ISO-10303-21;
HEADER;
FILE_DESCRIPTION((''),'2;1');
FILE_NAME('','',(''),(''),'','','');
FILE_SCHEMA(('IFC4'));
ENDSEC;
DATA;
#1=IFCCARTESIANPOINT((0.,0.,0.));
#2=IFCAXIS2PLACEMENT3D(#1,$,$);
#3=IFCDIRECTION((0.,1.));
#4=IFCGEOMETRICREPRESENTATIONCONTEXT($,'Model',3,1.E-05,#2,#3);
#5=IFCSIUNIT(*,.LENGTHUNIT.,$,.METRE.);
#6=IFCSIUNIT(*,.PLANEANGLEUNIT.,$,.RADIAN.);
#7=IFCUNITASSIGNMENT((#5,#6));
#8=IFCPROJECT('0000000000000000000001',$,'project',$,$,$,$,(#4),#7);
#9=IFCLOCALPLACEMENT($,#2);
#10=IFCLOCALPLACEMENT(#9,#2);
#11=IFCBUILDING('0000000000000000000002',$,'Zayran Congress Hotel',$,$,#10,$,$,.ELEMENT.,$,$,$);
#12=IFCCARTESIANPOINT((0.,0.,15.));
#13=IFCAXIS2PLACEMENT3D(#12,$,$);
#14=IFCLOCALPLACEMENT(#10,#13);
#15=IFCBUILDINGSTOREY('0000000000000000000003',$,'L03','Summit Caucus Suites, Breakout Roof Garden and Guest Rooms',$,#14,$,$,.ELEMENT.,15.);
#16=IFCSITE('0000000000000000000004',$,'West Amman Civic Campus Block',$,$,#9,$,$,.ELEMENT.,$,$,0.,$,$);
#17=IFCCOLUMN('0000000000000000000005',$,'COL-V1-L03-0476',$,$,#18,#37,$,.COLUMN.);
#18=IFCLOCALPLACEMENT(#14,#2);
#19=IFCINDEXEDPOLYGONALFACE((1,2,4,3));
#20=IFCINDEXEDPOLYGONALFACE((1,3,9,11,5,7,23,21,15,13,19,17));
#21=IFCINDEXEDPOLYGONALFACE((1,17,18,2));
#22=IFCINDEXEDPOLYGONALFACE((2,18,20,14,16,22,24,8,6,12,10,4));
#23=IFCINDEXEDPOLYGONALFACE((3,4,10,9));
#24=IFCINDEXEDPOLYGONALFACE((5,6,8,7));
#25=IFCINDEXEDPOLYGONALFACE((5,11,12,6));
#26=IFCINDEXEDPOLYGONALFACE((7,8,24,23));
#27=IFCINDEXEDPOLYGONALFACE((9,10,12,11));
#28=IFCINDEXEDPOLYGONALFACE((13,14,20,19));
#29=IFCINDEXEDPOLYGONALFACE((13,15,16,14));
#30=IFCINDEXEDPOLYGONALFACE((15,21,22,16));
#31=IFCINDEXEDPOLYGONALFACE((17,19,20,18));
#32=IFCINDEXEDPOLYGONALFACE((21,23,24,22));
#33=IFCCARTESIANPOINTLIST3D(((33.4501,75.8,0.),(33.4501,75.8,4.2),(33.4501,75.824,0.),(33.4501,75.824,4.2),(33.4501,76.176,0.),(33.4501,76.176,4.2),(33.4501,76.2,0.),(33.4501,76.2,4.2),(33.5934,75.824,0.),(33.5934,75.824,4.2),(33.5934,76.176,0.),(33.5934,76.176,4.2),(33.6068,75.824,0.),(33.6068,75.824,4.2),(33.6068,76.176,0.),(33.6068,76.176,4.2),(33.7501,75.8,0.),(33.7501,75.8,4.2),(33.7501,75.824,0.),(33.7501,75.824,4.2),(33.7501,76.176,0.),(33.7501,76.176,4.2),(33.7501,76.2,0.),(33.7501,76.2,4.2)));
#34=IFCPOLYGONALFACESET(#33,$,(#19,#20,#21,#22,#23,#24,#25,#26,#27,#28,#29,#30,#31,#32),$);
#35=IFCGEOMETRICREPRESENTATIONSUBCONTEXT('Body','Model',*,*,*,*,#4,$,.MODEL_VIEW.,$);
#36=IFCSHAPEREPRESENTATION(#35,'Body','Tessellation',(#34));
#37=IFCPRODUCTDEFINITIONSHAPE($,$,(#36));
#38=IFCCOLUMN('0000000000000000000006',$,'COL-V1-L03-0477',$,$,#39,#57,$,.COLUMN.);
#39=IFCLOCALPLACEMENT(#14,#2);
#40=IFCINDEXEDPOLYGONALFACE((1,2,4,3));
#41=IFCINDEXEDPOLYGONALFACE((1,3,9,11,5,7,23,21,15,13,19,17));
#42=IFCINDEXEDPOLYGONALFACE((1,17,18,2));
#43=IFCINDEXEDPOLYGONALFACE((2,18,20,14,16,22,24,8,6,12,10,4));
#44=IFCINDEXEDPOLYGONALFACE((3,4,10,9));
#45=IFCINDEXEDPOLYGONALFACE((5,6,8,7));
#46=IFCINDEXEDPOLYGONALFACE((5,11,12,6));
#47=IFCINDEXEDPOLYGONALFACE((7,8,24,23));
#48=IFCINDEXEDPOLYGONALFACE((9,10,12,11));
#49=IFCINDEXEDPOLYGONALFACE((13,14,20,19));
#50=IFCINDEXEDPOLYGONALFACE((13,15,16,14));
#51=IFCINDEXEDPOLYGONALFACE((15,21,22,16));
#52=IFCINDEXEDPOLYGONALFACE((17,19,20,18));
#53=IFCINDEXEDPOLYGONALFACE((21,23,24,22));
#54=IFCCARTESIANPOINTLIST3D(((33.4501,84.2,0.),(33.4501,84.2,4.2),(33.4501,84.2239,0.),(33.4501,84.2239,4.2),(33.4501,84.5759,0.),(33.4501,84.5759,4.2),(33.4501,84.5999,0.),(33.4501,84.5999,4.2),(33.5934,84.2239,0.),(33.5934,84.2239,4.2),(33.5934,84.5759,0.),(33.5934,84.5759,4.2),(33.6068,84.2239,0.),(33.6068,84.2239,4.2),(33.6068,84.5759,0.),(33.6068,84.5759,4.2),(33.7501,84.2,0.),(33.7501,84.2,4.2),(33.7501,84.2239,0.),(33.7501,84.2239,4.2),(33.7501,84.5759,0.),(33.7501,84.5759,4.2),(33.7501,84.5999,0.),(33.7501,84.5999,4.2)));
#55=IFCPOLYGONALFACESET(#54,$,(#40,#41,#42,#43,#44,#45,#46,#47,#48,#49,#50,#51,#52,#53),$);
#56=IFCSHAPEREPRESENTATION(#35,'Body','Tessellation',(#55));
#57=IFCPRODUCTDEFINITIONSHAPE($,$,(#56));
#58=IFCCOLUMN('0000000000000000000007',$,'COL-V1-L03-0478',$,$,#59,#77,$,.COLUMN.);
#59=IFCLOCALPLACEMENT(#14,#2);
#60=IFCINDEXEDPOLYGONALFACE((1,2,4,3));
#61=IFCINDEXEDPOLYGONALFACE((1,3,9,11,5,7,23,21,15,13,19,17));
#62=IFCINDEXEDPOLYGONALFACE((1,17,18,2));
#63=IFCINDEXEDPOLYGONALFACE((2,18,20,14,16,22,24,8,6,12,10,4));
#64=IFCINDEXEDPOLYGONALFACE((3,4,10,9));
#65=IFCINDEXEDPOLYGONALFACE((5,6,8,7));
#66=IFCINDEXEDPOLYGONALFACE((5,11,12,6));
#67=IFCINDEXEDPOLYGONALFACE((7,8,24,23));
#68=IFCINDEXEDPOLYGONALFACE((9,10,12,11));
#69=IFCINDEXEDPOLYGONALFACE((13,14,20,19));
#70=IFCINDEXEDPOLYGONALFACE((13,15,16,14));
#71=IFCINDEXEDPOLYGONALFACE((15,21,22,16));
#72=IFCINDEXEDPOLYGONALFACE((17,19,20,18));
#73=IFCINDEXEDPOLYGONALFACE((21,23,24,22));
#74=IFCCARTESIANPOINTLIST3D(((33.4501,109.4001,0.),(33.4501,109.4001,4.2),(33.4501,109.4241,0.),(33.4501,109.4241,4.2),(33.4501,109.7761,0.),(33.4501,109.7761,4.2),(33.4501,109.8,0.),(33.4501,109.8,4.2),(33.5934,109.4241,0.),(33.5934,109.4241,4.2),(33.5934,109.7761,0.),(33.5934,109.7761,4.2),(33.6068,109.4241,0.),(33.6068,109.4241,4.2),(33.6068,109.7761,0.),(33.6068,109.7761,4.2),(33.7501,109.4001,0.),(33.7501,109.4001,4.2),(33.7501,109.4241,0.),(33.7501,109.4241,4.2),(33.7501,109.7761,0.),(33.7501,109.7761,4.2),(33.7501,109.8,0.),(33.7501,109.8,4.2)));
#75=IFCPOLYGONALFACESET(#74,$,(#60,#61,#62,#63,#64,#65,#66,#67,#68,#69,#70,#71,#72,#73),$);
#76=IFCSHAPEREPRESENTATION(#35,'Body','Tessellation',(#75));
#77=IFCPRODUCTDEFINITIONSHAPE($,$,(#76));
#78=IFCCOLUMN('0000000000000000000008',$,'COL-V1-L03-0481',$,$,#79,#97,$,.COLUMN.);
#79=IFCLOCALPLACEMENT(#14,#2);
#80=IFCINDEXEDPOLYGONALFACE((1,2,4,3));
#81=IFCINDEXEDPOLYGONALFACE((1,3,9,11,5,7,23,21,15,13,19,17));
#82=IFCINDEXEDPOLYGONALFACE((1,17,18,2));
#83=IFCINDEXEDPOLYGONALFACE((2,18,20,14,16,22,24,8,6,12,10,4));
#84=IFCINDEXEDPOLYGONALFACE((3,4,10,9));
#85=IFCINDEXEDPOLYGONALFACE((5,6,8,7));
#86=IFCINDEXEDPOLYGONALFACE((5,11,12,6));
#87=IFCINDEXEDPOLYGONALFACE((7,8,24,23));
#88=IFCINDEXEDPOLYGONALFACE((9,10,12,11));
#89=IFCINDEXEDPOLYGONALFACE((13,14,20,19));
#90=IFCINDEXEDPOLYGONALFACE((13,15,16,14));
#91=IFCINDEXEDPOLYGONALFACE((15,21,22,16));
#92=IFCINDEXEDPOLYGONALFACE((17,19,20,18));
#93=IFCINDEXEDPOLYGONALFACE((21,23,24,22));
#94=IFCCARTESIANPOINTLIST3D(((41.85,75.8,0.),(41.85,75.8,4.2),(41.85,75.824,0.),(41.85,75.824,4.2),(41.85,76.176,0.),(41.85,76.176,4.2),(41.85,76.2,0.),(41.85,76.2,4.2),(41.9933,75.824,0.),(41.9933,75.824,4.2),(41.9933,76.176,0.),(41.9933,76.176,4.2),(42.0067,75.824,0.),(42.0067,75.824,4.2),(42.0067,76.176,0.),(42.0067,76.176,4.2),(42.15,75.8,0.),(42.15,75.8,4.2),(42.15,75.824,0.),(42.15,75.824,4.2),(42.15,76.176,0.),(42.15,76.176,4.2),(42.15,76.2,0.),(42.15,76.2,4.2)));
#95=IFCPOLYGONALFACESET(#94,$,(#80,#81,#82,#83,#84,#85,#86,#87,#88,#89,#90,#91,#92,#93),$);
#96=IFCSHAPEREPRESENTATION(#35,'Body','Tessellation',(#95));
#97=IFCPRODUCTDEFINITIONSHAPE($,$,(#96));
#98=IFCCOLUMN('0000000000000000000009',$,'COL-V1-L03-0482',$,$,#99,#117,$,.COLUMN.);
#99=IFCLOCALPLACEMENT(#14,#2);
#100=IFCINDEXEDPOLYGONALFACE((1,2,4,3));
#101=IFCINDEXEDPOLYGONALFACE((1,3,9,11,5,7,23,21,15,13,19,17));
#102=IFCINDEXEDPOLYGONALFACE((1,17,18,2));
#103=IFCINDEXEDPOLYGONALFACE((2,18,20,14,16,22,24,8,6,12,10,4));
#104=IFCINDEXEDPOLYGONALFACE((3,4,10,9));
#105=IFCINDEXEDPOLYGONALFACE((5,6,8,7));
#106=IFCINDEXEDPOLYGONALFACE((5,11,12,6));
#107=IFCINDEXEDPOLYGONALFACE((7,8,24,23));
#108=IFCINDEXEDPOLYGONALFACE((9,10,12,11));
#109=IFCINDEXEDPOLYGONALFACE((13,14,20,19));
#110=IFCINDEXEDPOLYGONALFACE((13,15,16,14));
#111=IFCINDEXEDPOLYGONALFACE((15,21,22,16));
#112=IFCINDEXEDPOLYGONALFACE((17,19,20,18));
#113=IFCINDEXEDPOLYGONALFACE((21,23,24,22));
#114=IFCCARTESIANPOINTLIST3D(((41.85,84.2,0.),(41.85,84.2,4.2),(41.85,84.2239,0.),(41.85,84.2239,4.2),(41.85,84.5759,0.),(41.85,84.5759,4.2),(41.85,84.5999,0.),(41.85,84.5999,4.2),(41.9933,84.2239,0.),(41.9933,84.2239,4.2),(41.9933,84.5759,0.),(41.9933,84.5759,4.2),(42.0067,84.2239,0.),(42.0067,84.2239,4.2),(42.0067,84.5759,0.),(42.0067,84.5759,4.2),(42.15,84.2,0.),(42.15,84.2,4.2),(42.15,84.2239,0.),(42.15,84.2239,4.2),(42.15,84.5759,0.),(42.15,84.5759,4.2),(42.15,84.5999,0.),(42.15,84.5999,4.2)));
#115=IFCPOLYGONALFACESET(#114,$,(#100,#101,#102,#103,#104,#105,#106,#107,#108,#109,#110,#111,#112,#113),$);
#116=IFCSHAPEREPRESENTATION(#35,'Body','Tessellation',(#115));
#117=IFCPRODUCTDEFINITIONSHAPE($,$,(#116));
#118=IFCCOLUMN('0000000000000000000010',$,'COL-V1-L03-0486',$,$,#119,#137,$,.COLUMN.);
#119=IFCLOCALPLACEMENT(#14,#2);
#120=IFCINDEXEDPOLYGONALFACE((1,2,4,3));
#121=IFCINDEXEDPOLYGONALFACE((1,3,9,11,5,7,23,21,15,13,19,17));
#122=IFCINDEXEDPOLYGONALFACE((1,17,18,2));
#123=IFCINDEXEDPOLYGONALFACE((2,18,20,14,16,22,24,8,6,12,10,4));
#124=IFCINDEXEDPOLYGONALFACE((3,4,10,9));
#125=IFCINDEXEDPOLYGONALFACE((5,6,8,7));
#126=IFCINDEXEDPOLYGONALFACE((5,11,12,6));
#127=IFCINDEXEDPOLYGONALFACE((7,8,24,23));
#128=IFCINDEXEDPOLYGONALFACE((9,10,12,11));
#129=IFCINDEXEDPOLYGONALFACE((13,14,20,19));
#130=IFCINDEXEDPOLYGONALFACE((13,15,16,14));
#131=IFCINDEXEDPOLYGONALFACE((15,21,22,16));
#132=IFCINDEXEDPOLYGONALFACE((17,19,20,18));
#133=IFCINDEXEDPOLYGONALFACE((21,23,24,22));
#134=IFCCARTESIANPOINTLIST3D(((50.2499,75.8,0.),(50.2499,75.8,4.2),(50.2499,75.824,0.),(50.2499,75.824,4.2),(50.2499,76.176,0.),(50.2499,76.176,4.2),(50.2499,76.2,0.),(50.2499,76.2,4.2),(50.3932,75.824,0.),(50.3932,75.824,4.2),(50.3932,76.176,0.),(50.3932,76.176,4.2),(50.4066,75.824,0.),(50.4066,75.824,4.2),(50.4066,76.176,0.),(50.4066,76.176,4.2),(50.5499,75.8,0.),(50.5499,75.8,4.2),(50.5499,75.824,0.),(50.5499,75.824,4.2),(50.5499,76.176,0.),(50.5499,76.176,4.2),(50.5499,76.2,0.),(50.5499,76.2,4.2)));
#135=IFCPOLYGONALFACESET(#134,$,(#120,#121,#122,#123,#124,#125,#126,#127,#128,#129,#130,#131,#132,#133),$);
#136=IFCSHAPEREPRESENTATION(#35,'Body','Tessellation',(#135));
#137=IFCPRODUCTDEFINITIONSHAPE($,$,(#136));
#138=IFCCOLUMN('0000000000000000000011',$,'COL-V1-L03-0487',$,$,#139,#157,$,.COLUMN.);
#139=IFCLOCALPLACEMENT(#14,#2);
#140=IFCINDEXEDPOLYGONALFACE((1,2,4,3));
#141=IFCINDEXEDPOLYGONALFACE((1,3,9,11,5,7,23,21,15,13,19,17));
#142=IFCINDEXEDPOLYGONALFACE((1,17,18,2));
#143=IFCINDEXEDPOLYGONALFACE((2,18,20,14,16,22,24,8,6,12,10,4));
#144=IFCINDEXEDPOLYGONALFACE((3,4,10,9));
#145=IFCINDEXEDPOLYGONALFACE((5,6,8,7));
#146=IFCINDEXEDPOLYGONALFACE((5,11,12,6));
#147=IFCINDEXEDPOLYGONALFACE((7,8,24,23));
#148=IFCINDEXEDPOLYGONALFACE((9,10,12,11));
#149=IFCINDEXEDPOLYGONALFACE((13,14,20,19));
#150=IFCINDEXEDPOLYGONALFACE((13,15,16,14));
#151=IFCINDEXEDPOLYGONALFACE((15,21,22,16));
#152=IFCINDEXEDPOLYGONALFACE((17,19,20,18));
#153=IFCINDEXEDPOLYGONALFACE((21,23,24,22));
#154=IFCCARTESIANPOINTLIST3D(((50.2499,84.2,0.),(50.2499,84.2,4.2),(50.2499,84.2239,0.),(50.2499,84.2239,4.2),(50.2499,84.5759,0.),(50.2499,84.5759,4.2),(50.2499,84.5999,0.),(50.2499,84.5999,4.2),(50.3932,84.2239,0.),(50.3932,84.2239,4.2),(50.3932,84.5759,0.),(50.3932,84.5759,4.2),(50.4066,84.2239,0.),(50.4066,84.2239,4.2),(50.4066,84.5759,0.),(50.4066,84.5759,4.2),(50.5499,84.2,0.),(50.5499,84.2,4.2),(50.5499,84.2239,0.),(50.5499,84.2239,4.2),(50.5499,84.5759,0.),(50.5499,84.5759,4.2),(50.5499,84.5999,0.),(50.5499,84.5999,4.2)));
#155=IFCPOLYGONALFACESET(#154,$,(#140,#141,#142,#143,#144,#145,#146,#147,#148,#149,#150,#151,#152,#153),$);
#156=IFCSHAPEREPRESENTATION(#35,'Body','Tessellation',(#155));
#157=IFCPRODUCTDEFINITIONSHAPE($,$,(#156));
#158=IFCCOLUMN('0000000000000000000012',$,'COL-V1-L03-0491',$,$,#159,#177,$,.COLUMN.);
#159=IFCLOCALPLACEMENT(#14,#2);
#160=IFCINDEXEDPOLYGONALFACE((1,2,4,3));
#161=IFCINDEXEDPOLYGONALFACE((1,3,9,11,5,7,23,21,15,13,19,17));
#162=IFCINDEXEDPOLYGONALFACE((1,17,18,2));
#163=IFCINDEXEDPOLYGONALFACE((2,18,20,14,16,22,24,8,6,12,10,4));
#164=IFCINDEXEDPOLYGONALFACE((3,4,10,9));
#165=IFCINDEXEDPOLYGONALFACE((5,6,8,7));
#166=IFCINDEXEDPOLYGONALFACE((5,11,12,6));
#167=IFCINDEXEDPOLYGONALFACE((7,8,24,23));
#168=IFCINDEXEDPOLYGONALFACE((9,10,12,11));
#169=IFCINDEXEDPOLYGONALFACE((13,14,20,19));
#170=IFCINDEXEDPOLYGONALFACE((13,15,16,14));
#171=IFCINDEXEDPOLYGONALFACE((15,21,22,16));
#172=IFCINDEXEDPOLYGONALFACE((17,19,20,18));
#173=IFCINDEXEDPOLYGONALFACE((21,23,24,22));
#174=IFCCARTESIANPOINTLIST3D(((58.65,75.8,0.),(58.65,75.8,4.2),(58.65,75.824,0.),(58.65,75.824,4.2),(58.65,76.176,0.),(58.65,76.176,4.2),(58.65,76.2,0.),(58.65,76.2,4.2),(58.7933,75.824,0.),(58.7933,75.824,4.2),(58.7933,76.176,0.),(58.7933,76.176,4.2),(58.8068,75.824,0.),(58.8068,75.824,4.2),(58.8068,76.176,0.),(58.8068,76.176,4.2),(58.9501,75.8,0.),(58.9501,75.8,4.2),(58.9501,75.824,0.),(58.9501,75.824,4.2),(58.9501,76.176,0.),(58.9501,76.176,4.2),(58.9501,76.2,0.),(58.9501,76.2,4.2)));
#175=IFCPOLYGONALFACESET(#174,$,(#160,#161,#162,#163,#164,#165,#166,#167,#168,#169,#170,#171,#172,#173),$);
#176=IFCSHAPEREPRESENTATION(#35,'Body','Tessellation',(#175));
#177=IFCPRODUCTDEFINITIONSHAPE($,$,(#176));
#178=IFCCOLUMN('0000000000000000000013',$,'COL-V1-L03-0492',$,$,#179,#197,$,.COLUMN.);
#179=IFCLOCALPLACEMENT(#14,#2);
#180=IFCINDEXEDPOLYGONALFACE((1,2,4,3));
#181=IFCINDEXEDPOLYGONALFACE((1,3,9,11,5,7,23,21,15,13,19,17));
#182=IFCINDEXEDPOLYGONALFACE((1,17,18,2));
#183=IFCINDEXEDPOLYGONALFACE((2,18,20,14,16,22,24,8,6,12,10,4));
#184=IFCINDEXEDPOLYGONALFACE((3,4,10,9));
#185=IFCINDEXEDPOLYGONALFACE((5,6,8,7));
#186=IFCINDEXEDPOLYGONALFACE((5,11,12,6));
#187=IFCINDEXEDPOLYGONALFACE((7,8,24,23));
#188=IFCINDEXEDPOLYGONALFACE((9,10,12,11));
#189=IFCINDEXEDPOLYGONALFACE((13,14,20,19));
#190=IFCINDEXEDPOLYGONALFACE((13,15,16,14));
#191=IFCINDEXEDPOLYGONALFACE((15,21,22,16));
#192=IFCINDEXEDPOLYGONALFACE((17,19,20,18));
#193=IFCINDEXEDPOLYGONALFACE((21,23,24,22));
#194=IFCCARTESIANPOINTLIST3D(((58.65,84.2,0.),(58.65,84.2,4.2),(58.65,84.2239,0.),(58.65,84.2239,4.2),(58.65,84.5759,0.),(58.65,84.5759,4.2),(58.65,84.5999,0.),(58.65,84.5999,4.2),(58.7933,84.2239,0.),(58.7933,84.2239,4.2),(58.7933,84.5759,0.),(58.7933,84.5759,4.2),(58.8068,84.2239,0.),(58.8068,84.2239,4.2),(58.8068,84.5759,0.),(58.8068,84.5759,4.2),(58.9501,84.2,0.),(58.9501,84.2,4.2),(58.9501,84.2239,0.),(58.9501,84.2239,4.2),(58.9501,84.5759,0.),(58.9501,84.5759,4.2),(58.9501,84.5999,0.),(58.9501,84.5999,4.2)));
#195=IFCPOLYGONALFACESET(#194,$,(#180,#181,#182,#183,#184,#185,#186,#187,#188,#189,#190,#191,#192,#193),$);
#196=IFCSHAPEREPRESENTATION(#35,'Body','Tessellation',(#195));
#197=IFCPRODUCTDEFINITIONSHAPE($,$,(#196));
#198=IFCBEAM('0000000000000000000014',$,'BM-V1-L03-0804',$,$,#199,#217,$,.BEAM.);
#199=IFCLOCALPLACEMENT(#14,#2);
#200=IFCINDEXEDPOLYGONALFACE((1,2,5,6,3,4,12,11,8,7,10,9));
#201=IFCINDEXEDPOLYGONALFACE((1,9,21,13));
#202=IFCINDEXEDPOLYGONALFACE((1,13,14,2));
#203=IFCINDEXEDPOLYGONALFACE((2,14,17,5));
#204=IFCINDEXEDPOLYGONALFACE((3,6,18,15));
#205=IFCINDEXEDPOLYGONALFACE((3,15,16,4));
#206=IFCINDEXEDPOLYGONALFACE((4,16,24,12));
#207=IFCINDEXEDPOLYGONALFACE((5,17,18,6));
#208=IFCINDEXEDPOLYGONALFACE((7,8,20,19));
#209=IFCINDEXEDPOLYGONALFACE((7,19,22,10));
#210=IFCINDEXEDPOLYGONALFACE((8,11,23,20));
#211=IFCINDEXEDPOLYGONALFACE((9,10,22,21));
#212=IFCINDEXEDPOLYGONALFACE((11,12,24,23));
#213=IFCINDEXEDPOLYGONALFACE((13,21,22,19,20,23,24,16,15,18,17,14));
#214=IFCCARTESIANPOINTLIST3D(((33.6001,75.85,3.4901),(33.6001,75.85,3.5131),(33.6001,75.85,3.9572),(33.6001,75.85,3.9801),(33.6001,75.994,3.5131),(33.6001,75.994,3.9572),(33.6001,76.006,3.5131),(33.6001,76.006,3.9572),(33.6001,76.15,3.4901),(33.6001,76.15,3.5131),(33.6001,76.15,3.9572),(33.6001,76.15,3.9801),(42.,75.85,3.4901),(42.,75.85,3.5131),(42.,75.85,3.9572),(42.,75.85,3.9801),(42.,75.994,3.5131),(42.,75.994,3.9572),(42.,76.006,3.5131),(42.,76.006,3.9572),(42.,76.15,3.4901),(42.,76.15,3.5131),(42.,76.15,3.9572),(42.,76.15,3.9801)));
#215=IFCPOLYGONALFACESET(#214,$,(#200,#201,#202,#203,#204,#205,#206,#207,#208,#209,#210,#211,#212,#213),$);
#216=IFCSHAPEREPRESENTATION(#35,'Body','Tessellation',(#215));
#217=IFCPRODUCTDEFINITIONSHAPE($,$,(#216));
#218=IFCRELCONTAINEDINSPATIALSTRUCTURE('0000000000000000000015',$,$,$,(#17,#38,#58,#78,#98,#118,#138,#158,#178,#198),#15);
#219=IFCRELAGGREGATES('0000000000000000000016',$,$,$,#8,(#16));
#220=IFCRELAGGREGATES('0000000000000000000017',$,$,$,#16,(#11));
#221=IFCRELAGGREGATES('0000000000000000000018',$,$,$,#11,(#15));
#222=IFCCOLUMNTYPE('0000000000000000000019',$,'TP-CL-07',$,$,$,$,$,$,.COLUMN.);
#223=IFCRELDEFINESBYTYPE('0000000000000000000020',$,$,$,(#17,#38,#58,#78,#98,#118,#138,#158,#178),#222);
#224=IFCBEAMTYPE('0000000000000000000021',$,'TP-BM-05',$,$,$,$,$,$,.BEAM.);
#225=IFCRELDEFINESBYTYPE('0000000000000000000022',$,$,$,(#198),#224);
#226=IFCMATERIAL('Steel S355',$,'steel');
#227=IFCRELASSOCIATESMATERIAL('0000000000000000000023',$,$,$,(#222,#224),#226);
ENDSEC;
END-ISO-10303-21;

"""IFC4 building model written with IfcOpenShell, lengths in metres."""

from ifc_helpers import new_model, si_unit, direction, frame, origin, origin_2d, place, context, subcontext, project, spatial, i_section, extrude, material, material_profile, profile_set, type_object, element, save


model = new_model("IFC4")

# Units and contexts
model_context = context("Model", 3, precision=1e-05, world=origin(), true_north=direction((0.0, 1.0)))
body_context = subcontext(model_context, "Body", "Model", "MODEL_VIEW")
ifc_project = project(units=[si_unit("LENGTHUNIT", "METRE"), si_unit("PLANEANGLEUNIT", "RADIAN")], contexts=[model_context])

# Site, building, storey
site_placement = place(None, origin())
site = spatial("IfcSite", under=ifc_project, at=site_placement, Name="West Amman Civic Campus Block", CompositionType="ELEMENT", RefElevation=0.0)
building_placement = place(site_placement, origin())
building = spatial("IfcBuilding", under=site, at=building_placement, Name="Zayran Congress Hotel", CompositionType="ELEMENT")
storey_placement = place(building_placement, frame((0.0, 0.0, 15.0)))
storey = spatial("IfcBuildingStorey", under=building, at=storey_placement, Name="L03", Description="Summit Caucus Suites, Breakout Roof Garden and Guest Rooms", CompositionType="ELEMENT", Elevation=15.0)

# Columns
ifc_material_1 = material(Name="Steel S355", Category="steel")
ifc_material_profile_1 = material_profile(ifc_material_1, i_section(OverallWidth=0.3, OverallDepth=0.3999, WebThickness=0.0134, FlangeThickness=0.0239, at=origin_2d()), Name="HEB 400")
ifc_profile_set_1 = profile_set([ifc_material_profile_1], Name="Steel S355")
column_type = type_object("IfcColumnType", Name="TP-CL-07", PredefinedType="COLUMN", material=ifc_profile_set_1)
for number, where, z_axis, x_axis, name in (
    (1, (33.6001, 76.0, 0.0), (0.0, 0.0, 1.0), (1.0, 0.0, 0.0), "COL-V1-L03-0476"),
    (2, (33.6001, 84.3999, 0.0), (0.0, 0.0, 1.0), (1.0, 0.0, 0.0), "COL-V1-L03-0477"),
    (3, (33.6001, 109.6001, 0.0), (0.0, 0.0, 1.0), (1.0, 0.0, 0.0), "COL-V1-L03-0478"),
    (4, (42.0, 76.0, 0.0), (0.0, 0.0, 1.0), (1.0, 0.0, 0.0), "COL-V1-L03-0481"),
    (5, (42.0, 84.3999, 0.0), (0.0, 0.0, 1.0), (1.0, 0.0, 0.0), "COL-V1-L03-0482"),
    (6, (50.3999, 76.0, 0.0), (0.0, 0.0, 1.0), (1.0, 0.0, 0.0), "COL-V1-L03-0486"),
    (7, (50.3999, 84.3999, 0.0), (0.0, 0.0, 1.0), (1.0, 0.0, 0.0), "COL-V1-L03-0487"),
    (8, (58.8, 76.0, 0.0), (0.0, 0.0, 1.0), (1.0, 0.0, 0.0), "COL-V1-L03-0491"),
    (9, (58.8, 84.3999, 0.0), (0.0, 0.0, 1.0), (1.0, 0.0, 0.0), "COL-V1-L03-0492"),
):
    element("IfcColumn", number, at=place(storey_placement, frame(where, z_axis=z_axis, x_axis=x_axis)), inside=storey, type_object=column_type, Name=name, PredefinedType="COLUMN", context=body_context, shape_type="SweptSolid", body=[
        extrude(i_section(OverallWidth=0.3, OverallDepth=0.3999, WebThickness=0.0134, FlangeThickness=0.0239, at=origin_2d()), origin(), (0.0, 0.0, 1.0), 4.2),
    ])

# Beam
ifc_material_profile_2 = material_profile(ifc_material_1, i_section(OverallWidth=0.3, OverallDepth=0.49, WebThickness=0.012, FlangeThickness=0.0229, at=origin_2d()), Name="HEA 500")
ifc_profile_set_2 = profile_set([ifc_material_profile_2], Name="Steel S355")
beam_type_1 = type_object("IfcBeamType", Name="TP-BM-05", PredefinedType="BEAM", material=ifc_profile_set_2)
for number, where, z_axis, x_axis, name in (
    (10, (33.6001, 76.0, 3.7351), (1.0, 0.0, 0.0), (0.0, 1.0, 0.0), "BM-V1-L03-0804"),
):
    element("IfcBeam", number, at=place(storey_placement, frame(where, z_axis=z_axis, x_axis=x_axis)), inside=storey, type_object=beam_type_1, Name=name, PredefinedType="BEAM", context=body_context, shape_type="SweptSolid", body=[
        extrude(i_section(OverallWidth=0.3, OverallDepth=0.49, WebThickness=0.012, FlangeThickness=0.0229, at=origin_2d()), origin(), (0.0, 0.0, 1.0), 8.3999),
    ])

save(model, "model.ifc")
